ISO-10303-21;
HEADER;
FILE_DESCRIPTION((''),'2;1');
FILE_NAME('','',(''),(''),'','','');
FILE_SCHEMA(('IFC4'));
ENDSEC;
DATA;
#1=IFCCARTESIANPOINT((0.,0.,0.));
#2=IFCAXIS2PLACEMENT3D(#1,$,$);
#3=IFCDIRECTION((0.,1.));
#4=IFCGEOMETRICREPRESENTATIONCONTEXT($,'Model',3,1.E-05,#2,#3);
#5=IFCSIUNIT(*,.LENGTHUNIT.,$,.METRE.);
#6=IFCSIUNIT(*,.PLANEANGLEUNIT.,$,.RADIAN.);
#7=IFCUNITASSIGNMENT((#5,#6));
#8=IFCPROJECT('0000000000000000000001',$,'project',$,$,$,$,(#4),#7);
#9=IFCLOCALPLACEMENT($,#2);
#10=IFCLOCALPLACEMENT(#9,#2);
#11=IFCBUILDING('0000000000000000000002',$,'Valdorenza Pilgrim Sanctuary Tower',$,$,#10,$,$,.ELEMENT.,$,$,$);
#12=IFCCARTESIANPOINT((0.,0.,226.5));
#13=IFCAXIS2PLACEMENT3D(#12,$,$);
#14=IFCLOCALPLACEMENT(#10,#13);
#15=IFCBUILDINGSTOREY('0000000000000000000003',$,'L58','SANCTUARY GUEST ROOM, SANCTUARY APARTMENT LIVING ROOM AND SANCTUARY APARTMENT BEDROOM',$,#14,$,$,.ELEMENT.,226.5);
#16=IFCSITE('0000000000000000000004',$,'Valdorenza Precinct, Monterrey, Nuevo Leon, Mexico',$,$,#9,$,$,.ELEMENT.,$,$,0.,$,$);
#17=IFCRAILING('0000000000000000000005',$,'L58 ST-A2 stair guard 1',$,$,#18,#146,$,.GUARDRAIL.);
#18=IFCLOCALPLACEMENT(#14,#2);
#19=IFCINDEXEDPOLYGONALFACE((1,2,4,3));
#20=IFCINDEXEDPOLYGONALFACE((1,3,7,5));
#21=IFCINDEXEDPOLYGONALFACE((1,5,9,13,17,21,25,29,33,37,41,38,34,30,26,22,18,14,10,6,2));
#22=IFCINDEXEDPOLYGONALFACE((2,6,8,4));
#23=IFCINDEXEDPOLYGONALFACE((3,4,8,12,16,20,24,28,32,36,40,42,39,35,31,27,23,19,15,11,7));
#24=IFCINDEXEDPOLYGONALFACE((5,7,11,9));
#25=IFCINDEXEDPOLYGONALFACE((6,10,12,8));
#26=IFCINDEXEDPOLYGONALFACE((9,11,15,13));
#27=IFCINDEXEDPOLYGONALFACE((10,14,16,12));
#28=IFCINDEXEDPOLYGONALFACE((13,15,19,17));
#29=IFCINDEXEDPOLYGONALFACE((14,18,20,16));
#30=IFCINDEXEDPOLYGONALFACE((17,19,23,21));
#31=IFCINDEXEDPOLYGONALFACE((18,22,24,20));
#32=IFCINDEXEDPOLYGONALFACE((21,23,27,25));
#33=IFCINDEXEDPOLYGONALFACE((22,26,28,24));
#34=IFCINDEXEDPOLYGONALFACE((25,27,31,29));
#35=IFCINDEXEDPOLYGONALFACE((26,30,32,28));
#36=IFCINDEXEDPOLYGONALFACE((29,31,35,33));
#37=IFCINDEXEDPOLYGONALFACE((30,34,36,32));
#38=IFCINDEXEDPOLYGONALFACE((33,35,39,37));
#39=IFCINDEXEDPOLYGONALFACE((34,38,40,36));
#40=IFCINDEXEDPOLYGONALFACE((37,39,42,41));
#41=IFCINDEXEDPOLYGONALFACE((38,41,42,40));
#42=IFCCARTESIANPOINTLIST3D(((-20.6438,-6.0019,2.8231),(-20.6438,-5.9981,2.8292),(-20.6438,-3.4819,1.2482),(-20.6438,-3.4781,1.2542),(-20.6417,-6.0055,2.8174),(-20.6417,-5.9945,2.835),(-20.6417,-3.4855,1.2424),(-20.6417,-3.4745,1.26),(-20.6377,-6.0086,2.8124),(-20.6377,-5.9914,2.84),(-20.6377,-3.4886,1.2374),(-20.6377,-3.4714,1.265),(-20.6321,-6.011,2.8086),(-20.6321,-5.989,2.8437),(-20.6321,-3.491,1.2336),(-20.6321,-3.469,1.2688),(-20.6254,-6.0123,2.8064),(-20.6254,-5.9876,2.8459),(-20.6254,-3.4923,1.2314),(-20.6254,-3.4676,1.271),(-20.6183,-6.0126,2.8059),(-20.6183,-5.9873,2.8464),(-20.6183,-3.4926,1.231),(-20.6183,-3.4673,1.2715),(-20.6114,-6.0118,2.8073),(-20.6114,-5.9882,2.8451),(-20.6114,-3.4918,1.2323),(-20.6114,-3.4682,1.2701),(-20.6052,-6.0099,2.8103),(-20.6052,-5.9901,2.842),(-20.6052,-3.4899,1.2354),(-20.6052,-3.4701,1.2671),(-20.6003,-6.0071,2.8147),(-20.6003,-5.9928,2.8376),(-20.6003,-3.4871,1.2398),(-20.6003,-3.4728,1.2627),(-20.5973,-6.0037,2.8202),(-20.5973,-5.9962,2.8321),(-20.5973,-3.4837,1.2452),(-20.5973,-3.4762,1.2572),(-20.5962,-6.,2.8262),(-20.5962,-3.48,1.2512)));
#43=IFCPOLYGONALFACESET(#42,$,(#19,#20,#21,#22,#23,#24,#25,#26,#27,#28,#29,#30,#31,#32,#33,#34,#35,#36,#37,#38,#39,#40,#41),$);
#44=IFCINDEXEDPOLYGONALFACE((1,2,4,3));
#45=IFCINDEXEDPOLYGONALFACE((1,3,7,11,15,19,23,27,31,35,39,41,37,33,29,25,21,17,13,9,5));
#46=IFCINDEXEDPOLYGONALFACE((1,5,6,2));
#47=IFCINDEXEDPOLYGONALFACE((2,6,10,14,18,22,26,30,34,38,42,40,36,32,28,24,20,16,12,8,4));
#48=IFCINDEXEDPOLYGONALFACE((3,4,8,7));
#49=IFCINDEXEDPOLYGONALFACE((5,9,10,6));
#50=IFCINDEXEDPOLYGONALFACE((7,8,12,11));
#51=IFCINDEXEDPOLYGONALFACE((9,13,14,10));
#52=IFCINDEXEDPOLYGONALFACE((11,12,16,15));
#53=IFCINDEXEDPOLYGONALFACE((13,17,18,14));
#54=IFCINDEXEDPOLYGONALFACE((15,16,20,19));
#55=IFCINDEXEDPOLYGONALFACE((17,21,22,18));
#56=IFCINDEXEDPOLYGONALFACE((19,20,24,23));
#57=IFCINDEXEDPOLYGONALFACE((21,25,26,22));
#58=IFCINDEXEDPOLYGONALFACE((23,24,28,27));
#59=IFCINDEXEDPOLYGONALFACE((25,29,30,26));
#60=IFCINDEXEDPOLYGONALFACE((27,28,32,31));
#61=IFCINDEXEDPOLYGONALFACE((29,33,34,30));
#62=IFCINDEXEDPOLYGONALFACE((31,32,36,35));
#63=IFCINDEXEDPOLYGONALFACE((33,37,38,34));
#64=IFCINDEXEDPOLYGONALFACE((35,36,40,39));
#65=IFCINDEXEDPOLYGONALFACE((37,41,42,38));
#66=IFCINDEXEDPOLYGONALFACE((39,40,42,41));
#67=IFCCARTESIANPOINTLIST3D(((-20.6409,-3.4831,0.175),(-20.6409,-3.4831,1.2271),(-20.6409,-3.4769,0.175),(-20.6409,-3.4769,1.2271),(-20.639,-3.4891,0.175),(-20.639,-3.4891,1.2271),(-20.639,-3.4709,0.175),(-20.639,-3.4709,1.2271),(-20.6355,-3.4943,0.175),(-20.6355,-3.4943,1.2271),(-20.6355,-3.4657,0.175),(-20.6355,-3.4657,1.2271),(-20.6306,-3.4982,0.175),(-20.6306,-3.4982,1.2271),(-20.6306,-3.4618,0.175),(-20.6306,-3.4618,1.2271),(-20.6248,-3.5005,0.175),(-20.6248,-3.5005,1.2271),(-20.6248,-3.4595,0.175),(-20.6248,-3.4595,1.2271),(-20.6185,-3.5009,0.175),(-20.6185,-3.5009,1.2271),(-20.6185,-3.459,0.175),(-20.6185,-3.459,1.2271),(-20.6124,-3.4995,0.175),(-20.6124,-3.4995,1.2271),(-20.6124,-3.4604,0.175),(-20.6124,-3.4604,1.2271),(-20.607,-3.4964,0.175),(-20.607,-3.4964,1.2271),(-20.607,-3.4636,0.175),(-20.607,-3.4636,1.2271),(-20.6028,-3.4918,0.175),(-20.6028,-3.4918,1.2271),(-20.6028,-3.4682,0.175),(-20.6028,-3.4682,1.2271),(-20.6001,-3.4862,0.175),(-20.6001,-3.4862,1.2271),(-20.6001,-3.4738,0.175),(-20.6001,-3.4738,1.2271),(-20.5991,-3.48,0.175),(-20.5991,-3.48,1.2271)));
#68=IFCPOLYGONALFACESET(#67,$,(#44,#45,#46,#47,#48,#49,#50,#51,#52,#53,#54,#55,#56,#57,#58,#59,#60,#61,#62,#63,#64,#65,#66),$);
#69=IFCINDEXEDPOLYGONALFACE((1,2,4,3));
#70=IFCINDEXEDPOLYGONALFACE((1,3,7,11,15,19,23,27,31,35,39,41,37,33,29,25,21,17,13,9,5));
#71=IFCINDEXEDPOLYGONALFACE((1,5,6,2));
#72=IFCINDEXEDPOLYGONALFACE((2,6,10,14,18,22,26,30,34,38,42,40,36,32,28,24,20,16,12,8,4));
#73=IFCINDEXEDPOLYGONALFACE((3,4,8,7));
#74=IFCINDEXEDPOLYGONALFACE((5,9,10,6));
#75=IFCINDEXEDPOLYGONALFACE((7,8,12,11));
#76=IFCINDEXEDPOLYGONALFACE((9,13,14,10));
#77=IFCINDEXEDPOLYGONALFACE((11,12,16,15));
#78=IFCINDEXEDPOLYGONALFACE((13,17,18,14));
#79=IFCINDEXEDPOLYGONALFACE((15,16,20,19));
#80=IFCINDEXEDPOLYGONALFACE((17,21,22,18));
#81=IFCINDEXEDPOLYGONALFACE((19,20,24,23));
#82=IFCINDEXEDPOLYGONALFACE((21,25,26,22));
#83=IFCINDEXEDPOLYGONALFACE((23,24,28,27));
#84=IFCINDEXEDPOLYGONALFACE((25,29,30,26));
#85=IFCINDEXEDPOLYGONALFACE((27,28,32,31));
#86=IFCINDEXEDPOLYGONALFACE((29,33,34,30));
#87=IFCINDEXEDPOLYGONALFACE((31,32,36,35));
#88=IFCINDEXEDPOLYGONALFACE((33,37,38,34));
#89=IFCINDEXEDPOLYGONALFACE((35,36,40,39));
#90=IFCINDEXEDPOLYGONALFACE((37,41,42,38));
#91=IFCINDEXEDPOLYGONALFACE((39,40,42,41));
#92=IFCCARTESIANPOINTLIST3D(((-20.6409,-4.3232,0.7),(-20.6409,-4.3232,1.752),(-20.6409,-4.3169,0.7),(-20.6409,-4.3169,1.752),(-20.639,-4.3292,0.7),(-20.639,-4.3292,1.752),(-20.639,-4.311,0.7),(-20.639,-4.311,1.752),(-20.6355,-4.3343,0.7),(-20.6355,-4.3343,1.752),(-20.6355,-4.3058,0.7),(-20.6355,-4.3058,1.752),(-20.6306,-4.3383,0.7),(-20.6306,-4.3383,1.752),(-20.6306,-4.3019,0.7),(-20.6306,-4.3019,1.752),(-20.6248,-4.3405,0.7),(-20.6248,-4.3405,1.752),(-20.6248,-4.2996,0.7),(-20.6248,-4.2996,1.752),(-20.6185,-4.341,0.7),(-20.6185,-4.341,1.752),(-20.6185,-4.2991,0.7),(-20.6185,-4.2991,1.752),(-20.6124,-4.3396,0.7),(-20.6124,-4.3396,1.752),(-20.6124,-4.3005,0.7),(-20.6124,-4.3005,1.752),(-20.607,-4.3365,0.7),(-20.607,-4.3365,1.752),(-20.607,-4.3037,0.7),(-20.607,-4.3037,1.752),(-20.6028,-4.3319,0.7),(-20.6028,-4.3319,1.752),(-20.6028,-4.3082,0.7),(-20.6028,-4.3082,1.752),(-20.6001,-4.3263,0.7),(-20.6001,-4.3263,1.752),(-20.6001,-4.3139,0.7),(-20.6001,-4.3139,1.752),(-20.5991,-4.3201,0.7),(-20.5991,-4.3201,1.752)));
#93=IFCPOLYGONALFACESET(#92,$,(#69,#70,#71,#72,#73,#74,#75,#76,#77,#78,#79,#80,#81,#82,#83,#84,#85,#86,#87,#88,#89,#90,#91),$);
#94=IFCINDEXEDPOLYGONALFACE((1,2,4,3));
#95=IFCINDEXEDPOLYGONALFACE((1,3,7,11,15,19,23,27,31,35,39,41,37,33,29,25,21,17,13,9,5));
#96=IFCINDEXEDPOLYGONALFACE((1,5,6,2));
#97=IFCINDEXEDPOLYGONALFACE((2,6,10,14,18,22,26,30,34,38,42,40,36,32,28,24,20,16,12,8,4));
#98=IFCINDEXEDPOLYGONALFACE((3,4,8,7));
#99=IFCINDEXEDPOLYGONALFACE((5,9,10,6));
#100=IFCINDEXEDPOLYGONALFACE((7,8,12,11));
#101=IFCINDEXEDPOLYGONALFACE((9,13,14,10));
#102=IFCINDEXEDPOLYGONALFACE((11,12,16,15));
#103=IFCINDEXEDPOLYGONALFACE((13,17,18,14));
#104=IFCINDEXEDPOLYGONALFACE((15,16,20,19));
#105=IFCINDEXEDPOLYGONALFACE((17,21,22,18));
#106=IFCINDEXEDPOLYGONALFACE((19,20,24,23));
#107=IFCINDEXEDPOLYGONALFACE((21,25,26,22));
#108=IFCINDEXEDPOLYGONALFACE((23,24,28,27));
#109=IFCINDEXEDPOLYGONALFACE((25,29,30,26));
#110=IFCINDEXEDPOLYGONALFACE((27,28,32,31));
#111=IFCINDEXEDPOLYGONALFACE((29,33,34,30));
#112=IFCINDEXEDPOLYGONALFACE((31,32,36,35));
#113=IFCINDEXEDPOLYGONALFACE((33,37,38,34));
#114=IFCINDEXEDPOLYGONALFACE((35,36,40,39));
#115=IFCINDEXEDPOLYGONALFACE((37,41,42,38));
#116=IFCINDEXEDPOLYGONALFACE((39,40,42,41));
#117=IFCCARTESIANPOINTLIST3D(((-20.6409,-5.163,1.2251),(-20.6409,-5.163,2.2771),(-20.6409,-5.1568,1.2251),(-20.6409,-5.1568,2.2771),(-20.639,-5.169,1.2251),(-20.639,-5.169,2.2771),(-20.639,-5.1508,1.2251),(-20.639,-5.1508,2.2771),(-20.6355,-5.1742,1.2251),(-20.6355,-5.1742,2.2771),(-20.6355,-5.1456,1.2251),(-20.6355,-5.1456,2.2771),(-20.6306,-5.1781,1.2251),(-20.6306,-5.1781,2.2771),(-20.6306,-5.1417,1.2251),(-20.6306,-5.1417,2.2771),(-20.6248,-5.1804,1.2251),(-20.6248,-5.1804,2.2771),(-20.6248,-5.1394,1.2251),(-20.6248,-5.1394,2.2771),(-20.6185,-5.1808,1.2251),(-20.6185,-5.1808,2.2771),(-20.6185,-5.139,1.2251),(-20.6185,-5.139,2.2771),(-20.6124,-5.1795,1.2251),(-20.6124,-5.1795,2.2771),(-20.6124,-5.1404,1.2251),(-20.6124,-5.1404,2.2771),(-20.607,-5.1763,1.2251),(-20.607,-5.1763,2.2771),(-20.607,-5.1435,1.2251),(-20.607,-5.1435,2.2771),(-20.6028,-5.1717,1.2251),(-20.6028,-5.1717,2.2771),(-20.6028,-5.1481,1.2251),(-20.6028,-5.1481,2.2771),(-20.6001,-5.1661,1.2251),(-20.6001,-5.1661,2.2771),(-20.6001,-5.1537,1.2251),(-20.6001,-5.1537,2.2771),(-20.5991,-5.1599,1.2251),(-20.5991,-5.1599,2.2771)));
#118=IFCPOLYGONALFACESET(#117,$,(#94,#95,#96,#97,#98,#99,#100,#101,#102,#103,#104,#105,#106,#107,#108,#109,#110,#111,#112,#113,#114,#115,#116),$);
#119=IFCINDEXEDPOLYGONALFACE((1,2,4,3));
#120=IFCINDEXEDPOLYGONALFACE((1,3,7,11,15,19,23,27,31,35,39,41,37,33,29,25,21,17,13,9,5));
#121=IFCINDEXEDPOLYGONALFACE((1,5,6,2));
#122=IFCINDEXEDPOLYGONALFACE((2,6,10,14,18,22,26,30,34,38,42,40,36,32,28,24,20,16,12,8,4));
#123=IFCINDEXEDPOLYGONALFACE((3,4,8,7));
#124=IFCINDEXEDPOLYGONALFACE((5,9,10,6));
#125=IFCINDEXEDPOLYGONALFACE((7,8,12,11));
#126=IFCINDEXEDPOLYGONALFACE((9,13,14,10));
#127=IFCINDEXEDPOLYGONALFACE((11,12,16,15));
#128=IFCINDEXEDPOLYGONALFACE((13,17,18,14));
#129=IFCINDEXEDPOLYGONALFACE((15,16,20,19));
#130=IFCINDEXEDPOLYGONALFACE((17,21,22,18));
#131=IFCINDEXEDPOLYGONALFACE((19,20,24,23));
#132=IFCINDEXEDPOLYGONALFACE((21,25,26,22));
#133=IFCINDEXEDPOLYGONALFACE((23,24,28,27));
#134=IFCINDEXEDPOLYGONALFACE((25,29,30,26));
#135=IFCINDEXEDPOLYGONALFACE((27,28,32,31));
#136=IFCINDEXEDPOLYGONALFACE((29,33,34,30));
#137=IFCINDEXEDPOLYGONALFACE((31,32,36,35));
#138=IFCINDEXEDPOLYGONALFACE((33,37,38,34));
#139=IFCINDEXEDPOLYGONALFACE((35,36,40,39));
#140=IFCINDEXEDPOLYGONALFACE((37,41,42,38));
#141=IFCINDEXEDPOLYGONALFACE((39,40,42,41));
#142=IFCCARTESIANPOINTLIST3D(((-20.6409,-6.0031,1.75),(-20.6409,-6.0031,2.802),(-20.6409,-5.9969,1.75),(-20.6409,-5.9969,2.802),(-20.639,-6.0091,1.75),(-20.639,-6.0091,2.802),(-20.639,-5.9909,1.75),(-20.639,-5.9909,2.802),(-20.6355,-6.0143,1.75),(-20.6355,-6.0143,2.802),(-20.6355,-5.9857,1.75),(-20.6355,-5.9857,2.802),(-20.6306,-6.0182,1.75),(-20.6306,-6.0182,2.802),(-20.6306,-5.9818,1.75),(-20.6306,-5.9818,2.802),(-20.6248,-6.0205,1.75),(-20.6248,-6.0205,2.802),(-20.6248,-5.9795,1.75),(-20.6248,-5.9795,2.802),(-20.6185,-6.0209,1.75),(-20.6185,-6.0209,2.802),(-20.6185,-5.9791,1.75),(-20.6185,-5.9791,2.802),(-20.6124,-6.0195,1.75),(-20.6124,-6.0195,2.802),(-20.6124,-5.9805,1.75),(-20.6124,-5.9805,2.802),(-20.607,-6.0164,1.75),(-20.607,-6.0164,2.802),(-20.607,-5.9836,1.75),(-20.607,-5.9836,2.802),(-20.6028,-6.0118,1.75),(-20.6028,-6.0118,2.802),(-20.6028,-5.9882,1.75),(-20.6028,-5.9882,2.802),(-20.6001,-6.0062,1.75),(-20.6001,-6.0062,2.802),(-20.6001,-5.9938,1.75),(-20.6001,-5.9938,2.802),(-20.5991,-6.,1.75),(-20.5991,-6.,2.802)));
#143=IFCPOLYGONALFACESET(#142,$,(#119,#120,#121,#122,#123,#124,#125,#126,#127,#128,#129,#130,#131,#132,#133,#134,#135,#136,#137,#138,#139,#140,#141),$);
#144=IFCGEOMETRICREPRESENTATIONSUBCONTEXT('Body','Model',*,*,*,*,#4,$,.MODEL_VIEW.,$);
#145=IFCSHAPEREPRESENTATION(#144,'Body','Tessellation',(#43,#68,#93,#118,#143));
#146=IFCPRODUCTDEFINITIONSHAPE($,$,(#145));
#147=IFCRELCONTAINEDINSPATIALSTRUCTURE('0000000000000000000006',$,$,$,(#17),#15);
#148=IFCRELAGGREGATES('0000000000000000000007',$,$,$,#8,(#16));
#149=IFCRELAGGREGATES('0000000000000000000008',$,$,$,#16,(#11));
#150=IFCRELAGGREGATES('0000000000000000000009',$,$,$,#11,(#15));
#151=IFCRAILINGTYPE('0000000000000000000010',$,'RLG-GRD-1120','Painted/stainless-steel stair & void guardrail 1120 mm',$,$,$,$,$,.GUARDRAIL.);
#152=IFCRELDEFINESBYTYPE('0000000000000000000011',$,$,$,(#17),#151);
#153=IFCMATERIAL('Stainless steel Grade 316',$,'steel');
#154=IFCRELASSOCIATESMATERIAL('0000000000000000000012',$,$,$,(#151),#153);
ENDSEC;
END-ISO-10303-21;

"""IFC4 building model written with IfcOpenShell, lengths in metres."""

from ifc_helpers import new_model, si_unit, direction, frame, origin, origin_2d, place, context, subcontext, project, spatial, circle, extrude, material, type_object, element, save


model = new_model("IFC4")

# Units and contexts
model_context = context("Model", 3, precision=1e-05, world=origin(), true_north=direction((0.0, 1.0)))
body_context = subcontext(model_context, "Body", "Model", "MODEL_VIEW")
ifc_project = project(units=[si_unit("LENGTHUNIT", "METRE"), si_unit("PLANEANGLEUNIT", "RADIAN")], contexts=[model_context])

# Site, building, storey
site_placement = place(None, origin())
site = spatial("IfcSite", under=ifc_project, at=site_placement, Name="Valdorenza Precinct, Monterrey, Nuevo Leon, Mexico", CompositionType="ELEMENT", RefElevation=0.0)
building_placement = place(site_placement, origin())
building = spatial("IfcBuilding", under=site, at=building_placement, Name="Valdorenza Pilgrim Sanctuary Tower", CompositionType="ELEMENT")
storey_placement = place(building_placement, frame((0.0, 0.0, 226.5)))
storey = spatial("IfcBuildingStorey", under=building, at=storey_placement, Name="L58", Description="SANCTUARY GUEST ROOM, SANCTUARY APARTMENT LIVING ROOM AND SANCTUARY APARTMENT BEDROOM", CompositionType="ELEMENT", Elevation=226.5)

# Railing
ifc_material_1 = material(Name="Stainless steel Grade 316", Category="steel")
railing_type_1 = type_object("IfcRailingType", Name="RLG-GRD-1120", Description="Painted/stainless-steel stair & void guardrail 1120 mm", PredefinedType="GUARDRAIL", material=ifc_material_1)
railing_1_placement = place(storey_placement, frame((-20.6201, -3.48, 0.175)))
element("IfcRailing", 1, at=railing_1_placement, inside=storey, type_object=railing_type_1, Name="L58 ST-A2 stair guard 1", PredefinedType="GUARDRAIL", context=body_context, shape_type="SweptSolid", body=[
    extrude(circle(Radius=0.0239, at=origin_2d()), frame((0.0, 0.0, 1.0762), z_axis=(0.0, -0.848008, 0.529984), x_axis=(1.0, 0.0, 0.0)), (0.0, 0.0, 1.0), 2.9717),
    extrude(circle(Radius=0.021, at=origin_2d()), origin(), (0.0, 0.0, 1.0), 1.052),
    extrude(circle(Radius=0.021, at=origin_2d()), frame((0.0, -0.8401, 0.5249)), (0.0, 0.0, 1.0), 1.052),
    extrude(circle(Radius=0.021, at=origin_2d()), frame((0.0, -1.6799, 1.05)), (0.0, 0.0, 1.0), 1.052),
    extrude(circle(Radius=0.021, at=origin_2d()), frame((0.0, -2.52, 1.575)), (0.0, 0.0, 1.0), 1.052),
])

save(model, "model.ifc")
